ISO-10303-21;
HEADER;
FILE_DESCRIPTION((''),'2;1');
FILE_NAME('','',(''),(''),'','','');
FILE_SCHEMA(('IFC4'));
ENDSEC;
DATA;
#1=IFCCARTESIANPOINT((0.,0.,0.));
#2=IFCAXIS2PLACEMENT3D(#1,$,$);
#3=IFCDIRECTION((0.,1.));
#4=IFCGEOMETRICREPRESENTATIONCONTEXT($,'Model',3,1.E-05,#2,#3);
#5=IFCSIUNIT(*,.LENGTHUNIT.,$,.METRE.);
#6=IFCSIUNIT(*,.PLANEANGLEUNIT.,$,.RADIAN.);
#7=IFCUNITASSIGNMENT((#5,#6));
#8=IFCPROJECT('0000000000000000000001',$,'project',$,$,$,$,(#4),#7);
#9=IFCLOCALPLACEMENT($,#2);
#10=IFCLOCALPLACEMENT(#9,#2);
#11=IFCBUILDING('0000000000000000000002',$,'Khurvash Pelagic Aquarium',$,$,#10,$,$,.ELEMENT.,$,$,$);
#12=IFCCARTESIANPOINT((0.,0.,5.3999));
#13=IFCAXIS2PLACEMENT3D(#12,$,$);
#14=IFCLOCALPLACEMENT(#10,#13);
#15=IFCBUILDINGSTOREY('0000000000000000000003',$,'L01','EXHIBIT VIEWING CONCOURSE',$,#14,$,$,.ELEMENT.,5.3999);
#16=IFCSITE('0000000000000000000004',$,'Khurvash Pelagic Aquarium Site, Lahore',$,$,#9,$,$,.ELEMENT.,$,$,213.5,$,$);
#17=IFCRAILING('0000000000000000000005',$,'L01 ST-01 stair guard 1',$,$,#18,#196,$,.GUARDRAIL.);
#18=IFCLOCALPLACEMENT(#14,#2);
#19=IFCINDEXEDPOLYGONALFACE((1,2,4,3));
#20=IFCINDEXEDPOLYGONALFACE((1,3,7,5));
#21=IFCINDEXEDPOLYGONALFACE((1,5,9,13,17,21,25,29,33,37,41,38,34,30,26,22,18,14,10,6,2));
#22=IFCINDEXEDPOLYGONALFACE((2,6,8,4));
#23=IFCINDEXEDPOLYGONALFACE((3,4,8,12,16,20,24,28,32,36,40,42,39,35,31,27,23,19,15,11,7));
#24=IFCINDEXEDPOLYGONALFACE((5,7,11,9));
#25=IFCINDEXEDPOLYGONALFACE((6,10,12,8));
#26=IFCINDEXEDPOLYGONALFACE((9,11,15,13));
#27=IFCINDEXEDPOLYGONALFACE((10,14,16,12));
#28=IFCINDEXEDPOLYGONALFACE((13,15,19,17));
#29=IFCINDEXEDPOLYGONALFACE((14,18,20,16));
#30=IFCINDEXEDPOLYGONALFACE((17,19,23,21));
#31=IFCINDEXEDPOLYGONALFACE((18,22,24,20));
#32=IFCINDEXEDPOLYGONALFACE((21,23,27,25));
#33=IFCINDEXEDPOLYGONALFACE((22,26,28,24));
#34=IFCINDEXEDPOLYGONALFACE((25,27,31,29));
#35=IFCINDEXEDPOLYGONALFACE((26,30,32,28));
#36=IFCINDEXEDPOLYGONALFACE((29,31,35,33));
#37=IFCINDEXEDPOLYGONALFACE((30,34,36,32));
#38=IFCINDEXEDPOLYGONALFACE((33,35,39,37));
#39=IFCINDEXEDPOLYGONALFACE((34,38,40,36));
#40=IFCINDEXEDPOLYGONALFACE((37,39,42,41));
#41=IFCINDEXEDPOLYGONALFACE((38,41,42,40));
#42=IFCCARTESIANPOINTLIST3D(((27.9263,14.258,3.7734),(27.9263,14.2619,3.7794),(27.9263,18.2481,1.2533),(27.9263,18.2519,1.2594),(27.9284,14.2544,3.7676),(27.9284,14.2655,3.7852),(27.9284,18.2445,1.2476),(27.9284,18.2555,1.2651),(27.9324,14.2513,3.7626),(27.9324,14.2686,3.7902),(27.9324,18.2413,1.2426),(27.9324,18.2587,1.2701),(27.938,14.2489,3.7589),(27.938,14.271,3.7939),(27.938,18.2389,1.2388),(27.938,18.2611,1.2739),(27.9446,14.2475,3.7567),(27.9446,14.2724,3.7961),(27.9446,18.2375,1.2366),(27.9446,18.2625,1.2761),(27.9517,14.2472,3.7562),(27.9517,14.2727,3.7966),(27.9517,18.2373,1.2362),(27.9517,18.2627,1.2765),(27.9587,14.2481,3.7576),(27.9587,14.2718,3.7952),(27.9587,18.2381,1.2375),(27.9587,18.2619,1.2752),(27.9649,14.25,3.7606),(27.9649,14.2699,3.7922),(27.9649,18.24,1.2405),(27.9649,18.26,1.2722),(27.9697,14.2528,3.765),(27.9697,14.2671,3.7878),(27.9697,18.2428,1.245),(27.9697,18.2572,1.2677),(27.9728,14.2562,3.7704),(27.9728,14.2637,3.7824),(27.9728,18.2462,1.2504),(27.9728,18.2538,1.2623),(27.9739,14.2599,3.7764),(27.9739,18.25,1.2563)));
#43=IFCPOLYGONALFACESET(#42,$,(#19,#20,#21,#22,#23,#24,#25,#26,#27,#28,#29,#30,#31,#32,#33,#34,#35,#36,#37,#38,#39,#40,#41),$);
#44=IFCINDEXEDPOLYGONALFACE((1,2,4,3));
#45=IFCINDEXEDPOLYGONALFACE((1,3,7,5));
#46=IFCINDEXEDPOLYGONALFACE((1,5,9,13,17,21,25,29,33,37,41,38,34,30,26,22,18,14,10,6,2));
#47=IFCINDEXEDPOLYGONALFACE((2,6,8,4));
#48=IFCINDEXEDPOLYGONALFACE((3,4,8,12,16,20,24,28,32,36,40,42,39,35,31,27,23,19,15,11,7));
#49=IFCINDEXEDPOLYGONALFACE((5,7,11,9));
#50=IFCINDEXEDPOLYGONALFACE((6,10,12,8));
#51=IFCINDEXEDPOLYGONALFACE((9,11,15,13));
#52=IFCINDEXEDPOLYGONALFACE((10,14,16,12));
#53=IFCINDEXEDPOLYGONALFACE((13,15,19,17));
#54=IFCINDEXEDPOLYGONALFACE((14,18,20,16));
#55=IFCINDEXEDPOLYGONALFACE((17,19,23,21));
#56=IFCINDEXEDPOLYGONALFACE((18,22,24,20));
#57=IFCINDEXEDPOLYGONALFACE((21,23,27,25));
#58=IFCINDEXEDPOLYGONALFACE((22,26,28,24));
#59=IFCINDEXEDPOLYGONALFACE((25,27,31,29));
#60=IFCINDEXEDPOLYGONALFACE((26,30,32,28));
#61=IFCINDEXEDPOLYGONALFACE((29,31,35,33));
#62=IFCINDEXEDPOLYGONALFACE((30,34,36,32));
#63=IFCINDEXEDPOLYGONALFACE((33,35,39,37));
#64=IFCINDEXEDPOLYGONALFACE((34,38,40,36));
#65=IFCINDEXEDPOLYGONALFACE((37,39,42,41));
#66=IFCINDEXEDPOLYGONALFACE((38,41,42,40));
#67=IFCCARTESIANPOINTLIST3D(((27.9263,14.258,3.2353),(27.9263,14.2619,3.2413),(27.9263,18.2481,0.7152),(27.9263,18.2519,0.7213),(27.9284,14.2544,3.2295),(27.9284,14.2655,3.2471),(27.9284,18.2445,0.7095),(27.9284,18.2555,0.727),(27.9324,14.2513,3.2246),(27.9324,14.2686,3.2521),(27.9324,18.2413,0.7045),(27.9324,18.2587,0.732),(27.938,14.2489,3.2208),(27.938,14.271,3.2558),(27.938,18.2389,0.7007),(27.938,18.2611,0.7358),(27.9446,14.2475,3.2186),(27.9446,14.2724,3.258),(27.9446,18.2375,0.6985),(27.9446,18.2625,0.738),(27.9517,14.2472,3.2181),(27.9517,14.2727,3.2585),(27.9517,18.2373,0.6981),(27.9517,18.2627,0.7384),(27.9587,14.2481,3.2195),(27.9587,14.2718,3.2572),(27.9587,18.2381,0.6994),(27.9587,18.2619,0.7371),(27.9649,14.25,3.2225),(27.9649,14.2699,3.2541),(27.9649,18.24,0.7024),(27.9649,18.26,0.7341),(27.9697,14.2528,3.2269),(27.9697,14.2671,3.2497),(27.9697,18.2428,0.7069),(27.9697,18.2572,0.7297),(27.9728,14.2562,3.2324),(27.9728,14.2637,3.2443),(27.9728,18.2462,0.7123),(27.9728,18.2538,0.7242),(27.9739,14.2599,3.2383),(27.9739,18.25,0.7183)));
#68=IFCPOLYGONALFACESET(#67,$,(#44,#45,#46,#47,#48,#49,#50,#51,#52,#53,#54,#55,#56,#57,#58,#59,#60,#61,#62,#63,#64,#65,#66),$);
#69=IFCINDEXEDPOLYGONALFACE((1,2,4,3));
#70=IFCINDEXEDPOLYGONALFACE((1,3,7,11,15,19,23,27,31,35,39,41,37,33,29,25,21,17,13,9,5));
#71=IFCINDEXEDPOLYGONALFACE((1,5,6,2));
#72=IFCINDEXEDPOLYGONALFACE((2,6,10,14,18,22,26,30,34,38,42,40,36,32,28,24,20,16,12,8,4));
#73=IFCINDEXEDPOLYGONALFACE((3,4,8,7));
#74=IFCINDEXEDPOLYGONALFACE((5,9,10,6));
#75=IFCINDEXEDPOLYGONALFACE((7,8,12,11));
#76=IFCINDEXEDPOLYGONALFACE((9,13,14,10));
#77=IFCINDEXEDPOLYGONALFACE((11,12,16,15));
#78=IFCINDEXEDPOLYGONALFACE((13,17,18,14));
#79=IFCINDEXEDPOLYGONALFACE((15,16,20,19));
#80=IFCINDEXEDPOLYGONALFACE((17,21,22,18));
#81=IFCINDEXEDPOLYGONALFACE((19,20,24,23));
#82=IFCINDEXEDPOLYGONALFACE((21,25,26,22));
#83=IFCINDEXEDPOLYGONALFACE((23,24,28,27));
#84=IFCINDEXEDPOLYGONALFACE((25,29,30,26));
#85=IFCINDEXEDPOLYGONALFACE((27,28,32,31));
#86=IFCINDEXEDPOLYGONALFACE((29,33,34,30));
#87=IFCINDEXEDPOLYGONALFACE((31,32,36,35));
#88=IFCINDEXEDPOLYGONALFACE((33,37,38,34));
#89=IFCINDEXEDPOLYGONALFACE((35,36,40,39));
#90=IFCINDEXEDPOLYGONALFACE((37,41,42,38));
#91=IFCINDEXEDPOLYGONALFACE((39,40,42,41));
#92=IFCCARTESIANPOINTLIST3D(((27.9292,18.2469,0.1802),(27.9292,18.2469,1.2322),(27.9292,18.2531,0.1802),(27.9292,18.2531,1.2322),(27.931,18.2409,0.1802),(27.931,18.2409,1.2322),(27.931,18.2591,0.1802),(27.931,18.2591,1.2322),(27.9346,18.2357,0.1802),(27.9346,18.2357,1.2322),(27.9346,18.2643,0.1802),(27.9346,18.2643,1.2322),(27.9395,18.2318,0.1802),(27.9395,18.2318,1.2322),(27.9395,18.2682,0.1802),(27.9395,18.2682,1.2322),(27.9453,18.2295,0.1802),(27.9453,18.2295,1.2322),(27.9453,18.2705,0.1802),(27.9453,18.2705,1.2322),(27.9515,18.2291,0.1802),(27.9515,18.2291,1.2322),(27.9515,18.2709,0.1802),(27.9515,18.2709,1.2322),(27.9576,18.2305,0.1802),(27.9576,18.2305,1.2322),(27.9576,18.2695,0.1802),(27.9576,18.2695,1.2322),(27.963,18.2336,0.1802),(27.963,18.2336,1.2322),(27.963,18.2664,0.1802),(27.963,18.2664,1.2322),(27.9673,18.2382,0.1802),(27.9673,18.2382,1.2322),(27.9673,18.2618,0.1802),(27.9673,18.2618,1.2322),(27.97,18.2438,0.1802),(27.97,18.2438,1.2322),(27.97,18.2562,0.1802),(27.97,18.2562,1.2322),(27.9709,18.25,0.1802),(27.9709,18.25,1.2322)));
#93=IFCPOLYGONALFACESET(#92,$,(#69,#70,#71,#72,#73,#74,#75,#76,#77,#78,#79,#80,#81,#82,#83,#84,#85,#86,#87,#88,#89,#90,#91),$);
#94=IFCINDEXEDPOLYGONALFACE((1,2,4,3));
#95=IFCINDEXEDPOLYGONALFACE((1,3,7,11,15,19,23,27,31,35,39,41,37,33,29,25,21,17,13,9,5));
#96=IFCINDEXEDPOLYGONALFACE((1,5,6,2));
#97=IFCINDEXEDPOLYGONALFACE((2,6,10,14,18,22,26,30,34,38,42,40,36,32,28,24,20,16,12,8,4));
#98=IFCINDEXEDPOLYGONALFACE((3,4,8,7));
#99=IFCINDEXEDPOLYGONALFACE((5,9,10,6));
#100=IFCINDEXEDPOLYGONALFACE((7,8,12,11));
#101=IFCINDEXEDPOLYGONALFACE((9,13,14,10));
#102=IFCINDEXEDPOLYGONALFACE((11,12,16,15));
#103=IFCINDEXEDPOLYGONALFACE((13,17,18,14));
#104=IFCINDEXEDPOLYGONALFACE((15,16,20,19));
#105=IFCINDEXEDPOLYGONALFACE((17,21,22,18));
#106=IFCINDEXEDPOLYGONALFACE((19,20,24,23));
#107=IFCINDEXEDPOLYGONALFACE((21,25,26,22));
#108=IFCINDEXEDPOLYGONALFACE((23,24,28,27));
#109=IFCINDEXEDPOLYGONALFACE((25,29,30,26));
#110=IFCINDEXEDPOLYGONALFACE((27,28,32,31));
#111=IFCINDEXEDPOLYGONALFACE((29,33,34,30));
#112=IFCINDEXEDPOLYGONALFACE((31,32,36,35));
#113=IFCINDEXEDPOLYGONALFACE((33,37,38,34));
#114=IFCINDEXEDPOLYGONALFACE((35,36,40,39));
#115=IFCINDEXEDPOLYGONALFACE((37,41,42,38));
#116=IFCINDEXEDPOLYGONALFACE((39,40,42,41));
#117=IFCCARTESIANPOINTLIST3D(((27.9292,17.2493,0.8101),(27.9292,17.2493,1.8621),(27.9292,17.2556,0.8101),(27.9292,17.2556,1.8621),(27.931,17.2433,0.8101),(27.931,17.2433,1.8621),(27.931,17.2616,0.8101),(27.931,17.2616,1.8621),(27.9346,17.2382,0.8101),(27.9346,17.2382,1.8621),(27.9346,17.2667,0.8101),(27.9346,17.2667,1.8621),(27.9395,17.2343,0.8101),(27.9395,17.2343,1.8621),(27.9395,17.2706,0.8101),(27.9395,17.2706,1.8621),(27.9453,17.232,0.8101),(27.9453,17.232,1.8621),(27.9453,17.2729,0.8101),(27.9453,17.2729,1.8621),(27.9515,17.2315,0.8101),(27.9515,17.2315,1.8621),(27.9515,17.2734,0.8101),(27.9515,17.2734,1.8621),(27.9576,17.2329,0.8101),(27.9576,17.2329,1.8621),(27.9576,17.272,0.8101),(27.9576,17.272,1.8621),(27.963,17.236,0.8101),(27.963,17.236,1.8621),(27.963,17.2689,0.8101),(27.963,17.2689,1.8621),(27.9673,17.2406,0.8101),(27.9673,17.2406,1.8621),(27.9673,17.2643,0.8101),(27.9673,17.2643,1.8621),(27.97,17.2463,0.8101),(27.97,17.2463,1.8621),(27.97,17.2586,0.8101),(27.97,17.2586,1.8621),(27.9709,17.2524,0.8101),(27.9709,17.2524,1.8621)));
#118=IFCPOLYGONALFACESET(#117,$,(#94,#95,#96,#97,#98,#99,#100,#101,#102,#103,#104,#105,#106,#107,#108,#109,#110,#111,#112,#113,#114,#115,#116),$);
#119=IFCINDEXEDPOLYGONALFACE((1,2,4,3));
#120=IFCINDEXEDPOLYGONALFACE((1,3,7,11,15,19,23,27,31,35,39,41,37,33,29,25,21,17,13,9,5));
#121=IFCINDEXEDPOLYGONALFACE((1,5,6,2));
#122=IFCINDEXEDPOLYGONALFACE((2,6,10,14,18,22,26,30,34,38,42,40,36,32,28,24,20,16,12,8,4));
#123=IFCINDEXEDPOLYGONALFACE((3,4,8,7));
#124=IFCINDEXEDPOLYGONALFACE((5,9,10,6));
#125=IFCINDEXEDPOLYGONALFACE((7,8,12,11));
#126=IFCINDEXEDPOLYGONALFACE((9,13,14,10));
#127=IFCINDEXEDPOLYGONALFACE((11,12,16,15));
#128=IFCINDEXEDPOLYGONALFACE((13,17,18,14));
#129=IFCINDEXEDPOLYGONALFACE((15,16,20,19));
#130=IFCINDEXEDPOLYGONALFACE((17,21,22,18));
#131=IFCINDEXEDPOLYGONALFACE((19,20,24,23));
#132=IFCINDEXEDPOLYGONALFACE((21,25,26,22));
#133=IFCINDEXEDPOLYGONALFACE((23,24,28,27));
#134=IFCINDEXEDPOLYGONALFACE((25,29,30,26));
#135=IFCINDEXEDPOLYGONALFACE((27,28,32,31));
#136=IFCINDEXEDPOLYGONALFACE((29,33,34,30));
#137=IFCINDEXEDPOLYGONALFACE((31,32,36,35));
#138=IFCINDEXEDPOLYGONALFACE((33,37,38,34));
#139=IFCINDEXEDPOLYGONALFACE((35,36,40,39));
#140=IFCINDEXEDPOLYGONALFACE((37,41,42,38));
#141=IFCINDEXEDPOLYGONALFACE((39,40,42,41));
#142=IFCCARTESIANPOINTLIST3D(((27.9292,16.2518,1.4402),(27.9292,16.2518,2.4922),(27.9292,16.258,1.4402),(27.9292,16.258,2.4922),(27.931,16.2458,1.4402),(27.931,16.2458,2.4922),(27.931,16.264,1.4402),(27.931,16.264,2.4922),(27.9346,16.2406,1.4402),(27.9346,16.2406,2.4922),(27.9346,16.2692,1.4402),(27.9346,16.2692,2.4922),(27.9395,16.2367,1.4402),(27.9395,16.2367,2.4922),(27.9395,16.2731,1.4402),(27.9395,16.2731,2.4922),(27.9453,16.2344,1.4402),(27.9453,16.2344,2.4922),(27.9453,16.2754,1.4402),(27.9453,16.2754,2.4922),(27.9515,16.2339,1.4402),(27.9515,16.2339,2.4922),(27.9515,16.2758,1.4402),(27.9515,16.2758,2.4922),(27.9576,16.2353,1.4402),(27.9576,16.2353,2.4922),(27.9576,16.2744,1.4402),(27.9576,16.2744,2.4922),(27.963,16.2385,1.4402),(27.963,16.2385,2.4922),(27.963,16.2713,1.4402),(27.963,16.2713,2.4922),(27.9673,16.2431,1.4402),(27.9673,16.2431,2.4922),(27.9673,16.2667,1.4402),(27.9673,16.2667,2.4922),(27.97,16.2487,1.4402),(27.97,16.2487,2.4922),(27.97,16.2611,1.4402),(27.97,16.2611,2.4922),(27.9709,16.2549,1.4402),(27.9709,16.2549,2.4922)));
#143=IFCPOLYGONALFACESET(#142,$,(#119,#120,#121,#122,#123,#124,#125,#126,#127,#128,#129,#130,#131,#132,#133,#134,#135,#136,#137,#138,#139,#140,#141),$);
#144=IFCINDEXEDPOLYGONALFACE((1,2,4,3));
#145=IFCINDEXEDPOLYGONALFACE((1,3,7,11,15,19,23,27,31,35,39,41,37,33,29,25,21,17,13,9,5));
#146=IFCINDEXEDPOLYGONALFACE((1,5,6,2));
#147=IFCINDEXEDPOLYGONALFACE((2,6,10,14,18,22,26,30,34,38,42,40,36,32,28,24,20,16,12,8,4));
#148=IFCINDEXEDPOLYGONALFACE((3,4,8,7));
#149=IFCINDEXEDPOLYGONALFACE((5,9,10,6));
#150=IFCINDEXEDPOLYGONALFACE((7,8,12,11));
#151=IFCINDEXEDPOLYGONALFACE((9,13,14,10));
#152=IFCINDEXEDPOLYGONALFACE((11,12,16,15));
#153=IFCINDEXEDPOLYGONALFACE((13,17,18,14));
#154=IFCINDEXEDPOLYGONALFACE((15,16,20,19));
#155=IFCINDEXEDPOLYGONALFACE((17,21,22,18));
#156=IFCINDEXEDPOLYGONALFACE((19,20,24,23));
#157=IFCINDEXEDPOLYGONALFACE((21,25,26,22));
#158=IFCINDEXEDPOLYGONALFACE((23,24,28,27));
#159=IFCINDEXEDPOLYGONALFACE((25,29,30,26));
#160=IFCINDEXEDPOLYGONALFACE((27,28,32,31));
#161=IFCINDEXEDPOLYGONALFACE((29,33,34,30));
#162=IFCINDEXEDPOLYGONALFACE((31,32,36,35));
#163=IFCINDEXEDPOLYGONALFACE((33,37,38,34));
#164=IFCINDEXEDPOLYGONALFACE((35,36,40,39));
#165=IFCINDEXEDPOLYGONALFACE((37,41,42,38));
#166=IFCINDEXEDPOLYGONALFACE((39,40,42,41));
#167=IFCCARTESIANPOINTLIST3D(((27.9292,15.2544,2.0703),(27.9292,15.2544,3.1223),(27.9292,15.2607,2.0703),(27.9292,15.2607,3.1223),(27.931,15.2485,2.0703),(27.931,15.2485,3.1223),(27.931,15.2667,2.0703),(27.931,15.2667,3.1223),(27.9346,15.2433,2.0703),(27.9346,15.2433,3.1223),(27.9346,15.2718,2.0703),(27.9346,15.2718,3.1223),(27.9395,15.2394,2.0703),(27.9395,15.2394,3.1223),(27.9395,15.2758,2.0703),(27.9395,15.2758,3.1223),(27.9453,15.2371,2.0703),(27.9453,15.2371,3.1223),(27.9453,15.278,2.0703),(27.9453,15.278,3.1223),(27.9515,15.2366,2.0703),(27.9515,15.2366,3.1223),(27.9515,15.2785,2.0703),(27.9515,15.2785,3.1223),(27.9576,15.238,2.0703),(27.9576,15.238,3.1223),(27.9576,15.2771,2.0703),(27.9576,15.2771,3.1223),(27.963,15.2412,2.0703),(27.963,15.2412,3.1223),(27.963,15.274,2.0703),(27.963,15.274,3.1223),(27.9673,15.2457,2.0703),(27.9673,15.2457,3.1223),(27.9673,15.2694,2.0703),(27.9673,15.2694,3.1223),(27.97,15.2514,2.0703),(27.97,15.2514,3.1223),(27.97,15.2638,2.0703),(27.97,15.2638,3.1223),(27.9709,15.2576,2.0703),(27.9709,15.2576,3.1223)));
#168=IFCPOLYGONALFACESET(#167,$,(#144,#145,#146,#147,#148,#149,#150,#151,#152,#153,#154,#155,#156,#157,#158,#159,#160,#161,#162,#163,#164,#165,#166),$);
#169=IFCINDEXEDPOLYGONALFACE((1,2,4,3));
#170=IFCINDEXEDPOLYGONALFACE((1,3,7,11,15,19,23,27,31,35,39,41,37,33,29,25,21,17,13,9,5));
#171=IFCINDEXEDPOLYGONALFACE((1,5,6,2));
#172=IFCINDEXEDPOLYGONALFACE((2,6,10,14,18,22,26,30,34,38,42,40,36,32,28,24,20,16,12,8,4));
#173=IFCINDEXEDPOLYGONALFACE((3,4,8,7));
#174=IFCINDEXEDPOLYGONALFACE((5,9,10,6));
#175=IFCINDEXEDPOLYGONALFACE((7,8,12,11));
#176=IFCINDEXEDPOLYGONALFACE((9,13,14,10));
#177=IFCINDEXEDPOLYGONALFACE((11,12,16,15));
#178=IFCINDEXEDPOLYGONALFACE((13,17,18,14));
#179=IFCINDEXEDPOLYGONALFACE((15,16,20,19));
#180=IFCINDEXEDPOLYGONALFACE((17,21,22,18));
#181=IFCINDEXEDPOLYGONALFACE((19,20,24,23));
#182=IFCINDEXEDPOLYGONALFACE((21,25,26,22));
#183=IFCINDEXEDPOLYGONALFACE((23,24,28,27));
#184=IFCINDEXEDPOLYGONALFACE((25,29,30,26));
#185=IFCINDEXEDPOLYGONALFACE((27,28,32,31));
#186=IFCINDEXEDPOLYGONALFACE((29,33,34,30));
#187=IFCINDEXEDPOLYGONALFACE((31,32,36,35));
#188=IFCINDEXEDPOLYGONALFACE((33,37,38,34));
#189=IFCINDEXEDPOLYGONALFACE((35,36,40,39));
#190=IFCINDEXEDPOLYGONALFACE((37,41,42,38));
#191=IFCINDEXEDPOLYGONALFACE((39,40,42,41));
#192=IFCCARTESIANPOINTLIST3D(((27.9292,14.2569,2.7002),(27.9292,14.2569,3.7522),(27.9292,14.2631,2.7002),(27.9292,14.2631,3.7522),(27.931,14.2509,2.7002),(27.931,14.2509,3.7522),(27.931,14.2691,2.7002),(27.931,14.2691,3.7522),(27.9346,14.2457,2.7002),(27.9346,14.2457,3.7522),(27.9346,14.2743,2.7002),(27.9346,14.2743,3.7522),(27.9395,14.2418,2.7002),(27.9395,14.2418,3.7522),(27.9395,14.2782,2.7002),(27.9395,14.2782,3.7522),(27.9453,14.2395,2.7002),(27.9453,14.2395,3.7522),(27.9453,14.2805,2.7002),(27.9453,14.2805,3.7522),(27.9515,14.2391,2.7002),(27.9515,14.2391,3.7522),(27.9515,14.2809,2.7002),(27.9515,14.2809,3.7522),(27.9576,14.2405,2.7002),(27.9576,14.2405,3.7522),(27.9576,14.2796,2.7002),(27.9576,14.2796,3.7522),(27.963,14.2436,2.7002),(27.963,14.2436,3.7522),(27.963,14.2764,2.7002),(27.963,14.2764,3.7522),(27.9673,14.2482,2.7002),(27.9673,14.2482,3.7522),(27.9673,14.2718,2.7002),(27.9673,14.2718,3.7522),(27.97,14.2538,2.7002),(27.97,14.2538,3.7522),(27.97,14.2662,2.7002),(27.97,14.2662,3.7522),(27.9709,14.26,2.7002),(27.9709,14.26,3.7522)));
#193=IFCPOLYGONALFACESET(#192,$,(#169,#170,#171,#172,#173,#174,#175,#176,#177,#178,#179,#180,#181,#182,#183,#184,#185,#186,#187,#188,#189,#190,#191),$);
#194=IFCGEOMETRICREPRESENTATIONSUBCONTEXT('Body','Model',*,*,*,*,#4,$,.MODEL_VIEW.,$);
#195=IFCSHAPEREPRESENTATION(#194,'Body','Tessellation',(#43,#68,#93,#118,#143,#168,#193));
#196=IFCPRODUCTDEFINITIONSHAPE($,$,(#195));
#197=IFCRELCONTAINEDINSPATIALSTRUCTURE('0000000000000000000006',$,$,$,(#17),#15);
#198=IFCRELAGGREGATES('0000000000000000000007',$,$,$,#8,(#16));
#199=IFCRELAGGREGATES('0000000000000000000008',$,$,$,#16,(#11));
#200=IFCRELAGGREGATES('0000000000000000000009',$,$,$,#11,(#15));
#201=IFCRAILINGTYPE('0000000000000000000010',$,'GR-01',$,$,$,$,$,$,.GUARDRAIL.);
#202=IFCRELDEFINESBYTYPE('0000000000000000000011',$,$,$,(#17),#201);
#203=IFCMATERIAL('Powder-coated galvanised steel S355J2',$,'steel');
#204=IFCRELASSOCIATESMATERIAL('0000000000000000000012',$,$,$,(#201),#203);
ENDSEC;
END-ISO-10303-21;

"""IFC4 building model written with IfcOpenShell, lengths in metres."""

from ifc_helpers import new_model, si_unit, direction, frame, origin, origin_2d, place, context, subcontext, project, spatial, circle, extrude, material, type_object, element, save


model = new_model("IFC4")

# Units and contexts
model_context = context("Model", 3, precision=1e-05, world=origin(), true_north=direction((0.0, 1.0)))
body_context = subcontext(model_context, "Body", "Model", "MODEL_VIEW")
ifc_project = project(units=[si_unit("LENGTHUNIT", "METRE"), si_unit("PLANEANGLEUNIT", "RADIAN")], contexts=[model_context])

# Site, building, storey
site_placement = place(None, origin())
site = spatial("IfcSite", under=ifc_project, at=site_placement, Name="Khurvash Pelagic Aquarium Site, Lahore", CompositionType="ELEMENT", RefElevation=213.5)
building_placement = place(site_placement, origin())
building = spatial("IfcBuilding", under=site, at=building_placement, Name="Khurvash Pelagic Aquarium", CompositionType="ELEMENT")
storey_placement = place(building_placement, frame((0.0, 0.0, 5.3999)))
storey = spatial("IfcBuildingStorey", under=building, at=storey_placement, Name="L01", Description="EXHIBIT VIEWING CONCOURSE", CompositionType="ELEMENT", Elevation=5.3999)

# Railing
ifc_material_1 = material(Name="Powder-coated galvanised steel S355J2", Category="steel")
railing_type_1 = type_object("IfcRailingType", Name="GR-01", PredefinedType="GUARDRAIL", material=ifc_material_1)
railing_1_placement = place(storey_placement, frame((27.95, 18.25, 0.1802)))
element("IfcRailing", 1, at=railing_1_placement, inside=storey, type_object=railing_type_1, Name="L01 ST-01 stair guard 1", PredefinedType="GUARDRAIL", context=body_context, shape_type="SweptSolid", body=[
    extrude(circle(Radius=0.0239, at=origin_2d()), frame((0.0, 0.0, 1.0762), z_axis=(0.0, -0.845486, 0.533997), x_axis=(1.0, 0.0, 0.0)), (0.0, 0.0, 1.0), 4.7192),
    extrude(circle(Radius=0.0239, at=origin_2d()), frame((0.0, 0.0, 0.5381), z_axis=(0.0, -0.845486, 0.533997), x_axis=(1.0, 0.0, 0.0)), (0.0, 0.0, 1.0), 4.7192),
    extrude(circle(Radius=0.021, at=origin_2d()), origin(), (0.0, 0.0, 1.0), 1.052),
    extrude(circle(Radius=0.021, at=origin_2d()), frame((0.0, -0.9976, 0.6299)), (0.0, 0.0, 1.0), 1.052),
    extrude(circle(Radius=0.021, at=origin_2d()), frame((0.0, -1.9951, 1.26)), (0.0, 0.0, 1.0), 1.052),
    extrude(circle(Radius=0.021, at=origin_2d()), frame((0.0, -2.9924, 1.8901)), (0.0, 0.0, 1.0), 1.052),
    extrude(circle(Radius=0.021, at=origin_2d()), frame((0.0, -3.99, 2.52)), (0.0, 0.0, 1.0), 1.052),
])

save(model, "model.ifc")
